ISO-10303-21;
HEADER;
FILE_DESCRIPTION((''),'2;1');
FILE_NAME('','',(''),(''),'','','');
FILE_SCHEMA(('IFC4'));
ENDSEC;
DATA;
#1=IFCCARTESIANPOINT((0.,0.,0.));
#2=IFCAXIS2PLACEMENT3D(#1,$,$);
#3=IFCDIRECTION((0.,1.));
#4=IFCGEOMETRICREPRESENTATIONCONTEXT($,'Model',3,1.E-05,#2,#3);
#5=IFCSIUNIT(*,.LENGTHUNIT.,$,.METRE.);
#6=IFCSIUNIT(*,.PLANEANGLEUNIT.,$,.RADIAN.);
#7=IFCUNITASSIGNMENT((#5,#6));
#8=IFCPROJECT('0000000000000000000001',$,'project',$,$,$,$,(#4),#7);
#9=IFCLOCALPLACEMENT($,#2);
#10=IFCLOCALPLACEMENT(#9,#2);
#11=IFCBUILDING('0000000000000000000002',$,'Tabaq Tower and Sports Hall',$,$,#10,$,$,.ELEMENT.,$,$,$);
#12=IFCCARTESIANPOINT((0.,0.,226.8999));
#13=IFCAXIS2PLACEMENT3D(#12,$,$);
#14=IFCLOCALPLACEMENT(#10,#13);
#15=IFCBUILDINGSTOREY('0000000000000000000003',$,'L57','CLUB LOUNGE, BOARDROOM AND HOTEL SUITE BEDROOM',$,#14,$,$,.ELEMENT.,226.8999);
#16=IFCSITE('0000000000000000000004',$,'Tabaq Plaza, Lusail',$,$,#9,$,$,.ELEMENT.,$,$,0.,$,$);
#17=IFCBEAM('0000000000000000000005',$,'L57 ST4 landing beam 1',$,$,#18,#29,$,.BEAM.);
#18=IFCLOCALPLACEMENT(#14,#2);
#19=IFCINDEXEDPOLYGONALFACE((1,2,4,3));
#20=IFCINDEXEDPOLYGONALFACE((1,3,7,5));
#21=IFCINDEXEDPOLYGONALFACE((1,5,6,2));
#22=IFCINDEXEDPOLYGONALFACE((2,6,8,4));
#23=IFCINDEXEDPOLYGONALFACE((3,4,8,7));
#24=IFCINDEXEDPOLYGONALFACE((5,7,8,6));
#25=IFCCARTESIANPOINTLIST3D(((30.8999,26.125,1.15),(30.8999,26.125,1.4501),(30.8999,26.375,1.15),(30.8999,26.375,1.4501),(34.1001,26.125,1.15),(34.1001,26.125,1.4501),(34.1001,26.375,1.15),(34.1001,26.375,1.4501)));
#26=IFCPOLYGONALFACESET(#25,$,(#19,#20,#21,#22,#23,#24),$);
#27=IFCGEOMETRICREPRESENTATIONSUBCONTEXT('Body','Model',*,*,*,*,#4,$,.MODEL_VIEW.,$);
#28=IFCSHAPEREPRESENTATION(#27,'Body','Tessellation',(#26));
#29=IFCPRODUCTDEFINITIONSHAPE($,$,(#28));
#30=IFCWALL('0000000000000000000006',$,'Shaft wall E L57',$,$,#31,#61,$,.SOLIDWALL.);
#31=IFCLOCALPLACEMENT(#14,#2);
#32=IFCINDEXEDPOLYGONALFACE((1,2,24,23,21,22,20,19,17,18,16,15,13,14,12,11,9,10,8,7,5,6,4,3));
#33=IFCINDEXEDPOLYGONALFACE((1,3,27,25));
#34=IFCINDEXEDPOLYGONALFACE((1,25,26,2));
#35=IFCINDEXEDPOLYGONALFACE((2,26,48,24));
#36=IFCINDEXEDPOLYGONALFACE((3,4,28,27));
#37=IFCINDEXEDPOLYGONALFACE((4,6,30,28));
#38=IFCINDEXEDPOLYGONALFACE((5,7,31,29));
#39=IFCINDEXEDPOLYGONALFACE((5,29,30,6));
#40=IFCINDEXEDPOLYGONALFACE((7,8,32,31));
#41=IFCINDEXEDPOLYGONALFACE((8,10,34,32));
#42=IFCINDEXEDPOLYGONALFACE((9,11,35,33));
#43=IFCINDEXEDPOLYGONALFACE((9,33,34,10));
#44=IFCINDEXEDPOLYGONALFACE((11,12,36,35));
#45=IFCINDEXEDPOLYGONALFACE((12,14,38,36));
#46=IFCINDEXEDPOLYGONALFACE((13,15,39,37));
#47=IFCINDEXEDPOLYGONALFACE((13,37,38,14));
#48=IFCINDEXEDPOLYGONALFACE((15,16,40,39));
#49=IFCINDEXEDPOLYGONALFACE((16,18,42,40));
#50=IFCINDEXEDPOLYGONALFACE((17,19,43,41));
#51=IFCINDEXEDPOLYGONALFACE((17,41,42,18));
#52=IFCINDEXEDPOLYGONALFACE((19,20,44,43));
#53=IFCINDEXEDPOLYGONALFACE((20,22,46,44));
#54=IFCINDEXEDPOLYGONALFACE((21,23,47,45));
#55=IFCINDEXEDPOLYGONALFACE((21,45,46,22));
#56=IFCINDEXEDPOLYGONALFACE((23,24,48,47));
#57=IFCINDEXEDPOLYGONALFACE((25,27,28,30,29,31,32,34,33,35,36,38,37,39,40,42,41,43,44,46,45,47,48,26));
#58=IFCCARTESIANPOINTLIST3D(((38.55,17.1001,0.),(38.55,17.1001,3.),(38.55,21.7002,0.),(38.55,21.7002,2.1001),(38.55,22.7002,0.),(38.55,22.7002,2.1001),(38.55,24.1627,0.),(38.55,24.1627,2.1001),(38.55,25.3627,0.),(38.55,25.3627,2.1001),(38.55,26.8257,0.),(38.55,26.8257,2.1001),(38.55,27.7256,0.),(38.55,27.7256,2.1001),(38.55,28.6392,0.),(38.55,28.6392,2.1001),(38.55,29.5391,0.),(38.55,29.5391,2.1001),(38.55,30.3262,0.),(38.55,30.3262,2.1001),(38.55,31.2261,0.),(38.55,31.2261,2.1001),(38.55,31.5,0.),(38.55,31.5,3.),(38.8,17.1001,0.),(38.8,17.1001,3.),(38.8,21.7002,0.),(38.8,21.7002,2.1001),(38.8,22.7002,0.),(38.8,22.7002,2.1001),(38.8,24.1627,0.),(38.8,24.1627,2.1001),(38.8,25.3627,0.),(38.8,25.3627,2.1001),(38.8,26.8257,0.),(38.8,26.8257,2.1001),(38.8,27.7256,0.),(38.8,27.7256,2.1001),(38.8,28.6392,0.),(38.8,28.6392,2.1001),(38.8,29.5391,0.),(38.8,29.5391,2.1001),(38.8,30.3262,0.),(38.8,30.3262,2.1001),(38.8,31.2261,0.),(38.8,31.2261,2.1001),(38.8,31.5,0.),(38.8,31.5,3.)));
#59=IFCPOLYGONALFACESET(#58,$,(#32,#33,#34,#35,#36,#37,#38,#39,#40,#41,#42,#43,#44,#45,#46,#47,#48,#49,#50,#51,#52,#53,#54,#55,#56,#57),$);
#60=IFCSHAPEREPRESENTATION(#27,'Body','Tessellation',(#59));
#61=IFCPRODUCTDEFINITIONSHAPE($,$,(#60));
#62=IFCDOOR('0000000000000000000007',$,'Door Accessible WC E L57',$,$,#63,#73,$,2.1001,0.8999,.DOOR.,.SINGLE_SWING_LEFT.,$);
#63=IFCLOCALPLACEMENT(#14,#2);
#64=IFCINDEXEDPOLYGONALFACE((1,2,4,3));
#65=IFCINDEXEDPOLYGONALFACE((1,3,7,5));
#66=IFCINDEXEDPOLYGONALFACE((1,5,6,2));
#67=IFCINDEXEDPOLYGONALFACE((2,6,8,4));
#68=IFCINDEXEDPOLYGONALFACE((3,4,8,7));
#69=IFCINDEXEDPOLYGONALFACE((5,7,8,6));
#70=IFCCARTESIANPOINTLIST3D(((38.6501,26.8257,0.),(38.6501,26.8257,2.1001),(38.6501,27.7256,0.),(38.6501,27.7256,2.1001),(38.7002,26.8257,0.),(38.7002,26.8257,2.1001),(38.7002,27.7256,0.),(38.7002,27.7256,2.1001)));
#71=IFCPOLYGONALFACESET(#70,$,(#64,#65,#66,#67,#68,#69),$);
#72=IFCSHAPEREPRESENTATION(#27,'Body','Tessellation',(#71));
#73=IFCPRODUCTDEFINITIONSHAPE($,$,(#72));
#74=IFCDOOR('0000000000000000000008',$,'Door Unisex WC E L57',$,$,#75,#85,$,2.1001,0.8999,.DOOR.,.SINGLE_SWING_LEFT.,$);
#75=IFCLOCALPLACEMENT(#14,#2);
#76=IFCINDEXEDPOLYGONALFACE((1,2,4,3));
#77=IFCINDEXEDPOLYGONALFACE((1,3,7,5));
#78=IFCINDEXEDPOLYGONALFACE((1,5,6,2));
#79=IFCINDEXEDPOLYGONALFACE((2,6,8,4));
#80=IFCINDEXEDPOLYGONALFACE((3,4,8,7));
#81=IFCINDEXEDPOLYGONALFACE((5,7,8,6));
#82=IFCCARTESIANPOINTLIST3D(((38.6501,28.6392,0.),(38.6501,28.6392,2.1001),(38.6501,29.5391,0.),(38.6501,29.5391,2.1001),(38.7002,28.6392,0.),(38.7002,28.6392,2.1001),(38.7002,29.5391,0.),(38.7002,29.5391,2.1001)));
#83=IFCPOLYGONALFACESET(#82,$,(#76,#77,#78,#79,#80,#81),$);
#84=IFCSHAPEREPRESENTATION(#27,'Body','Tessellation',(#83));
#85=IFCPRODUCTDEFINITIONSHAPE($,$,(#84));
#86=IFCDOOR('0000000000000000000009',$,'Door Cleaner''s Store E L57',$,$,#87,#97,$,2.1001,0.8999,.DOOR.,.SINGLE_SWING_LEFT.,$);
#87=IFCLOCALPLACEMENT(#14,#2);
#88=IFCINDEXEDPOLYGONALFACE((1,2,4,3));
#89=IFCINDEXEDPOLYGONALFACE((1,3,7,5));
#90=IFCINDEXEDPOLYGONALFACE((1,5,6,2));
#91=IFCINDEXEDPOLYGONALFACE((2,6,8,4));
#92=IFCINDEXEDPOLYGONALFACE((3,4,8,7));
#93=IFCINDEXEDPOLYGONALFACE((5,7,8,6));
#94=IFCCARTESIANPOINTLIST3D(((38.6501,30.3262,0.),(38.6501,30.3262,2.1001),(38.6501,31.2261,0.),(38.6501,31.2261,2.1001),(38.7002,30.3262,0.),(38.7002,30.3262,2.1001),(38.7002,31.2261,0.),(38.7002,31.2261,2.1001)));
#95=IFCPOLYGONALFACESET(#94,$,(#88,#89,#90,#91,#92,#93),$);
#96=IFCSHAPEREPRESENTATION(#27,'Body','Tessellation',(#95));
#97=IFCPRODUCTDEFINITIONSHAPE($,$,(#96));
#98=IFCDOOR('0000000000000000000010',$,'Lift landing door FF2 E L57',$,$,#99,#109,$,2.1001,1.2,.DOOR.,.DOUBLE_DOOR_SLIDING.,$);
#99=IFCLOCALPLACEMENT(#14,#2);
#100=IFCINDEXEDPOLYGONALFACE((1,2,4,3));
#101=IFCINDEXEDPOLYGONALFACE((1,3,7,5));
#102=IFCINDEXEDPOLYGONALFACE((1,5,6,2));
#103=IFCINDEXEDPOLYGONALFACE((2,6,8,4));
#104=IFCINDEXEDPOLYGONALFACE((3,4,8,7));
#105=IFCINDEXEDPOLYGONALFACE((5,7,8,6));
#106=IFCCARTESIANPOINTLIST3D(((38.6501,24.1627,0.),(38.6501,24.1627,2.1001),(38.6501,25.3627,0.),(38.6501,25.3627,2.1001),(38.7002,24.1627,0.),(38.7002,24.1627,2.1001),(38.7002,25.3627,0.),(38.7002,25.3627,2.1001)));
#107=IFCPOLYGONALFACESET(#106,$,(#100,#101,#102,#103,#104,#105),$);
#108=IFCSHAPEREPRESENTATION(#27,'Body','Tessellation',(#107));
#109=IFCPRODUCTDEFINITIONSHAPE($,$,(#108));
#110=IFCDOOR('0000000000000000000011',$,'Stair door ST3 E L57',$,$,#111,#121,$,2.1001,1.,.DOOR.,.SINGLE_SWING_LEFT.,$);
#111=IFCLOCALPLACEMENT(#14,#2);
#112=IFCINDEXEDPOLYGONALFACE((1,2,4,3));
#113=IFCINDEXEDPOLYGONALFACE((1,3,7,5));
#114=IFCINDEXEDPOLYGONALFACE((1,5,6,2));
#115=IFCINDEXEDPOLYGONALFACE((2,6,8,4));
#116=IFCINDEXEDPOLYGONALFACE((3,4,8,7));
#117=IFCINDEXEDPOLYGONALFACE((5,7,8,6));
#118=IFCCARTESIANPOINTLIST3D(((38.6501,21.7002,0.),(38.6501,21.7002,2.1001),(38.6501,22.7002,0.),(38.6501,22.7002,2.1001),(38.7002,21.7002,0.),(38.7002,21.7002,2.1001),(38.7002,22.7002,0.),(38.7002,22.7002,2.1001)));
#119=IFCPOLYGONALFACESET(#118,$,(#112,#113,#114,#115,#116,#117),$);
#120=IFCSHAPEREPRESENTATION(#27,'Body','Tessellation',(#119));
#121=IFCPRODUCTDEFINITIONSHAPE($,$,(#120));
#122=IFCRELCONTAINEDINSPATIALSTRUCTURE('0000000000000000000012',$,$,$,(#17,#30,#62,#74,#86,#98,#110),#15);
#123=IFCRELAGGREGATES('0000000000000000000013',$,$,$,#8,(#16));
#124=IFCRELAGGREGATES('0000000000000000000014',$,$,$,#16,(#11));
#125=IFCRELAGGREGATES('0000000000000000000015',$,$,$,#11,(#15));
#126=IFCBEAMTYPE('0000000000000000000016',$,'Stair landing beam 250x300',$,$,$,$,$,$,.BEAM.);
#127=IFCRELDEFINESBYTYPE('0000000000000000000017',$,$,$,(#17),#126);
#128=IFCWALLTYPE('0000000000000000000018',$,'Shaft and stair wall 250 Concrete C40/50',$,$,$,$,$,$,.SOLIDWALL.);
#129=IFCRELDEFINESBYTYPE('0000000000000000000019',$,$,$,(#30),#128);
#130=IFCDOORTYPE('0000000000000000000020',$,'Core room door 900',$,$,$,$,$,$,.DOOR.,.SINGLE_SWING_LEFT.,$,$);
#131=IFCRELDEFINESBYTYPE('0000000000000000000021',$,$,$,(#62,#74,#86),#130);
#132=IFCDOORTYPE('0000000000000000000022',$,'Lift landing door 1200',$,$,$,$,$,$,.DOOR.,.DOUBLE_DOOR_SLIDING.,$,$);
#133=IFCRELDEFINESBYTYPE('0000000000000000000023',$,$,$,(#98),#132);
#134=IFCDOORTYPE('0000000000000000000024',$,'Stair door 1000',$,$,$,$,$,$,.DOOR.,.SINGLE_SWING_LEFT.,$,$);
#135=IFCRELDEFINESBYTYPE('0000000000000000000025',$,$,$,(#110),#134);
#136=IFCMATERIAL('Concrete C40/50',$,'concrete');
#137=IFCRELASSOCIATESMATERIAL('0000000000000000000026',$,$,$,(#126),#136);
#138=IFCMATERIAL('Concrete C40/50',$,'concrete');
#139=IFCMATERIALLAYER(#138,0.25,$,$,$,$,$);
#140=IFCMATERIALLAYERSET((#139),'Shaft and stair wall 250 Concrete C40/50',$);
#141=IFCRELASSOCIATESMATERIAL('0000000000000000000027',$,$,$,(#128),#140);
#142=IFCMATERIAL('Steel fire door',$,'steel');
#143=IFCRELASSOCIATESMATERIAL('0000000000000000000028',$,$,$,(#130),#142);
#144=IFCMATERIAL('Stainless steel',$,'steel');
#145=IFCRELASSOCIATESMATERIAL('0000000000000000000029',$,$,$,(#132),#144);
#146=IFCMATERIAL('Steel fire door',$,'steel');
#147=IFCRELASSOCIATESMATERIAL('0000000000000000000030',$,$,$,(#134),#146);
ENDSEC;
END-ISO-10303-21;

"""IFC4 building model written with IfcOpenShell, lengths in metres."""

from ifc_helpers import new_model, si_unit, direction, frame, frame_2d, origin, origin_2d, place, context, subcontext, project, spatial, rectangle, extrude, material, layer, layer_set, material_profile, profile_set, type_object, element, fill, save


model = new_model("IFC4")

# Units and contexts
model_context = context("Model", 3, precision=1e-05, world=origin(), true_north=direction((0.0, 1.0)))
body_context = subcontext(model_context, "Body", "Model", "MODEL_VIEW")
ifc_project = project(units=[si_unit("LENGTHUNIT", "METRE"), si_unit("PLANEANGLEUNIT", "RADIAN")], contexts=[model_context])

# Site, building, storey
site_placement = place(None, origin())
site = spatial("IfcSite", under=ifc_project, at=site_placement, Name="Tabaq Plaza, Lusail", CompositionType="ELEMENT", RefElevation=0.0)
building_placement = place(site_placement, origin())
building = spatial("IfcBuilding", under=site, at=building_placement, Name="Tabaq Tower and Sports Hall", CompositionType="ELEMENT")
storey_placement = place(building_placement, frame((0.0, 0.0, 226.8999)))
storey = spatial("IfcBuildingStorey", under=building, at=storey_placement, Name="L57", Description="CLUB LOUNGE, BOARDROOM AND HOTEL SUITE BEDROOM", CompositionType="ELEMENT", Elevation=226.8999)

# Beam
ifc_material_1 = material(Name="Concrete C40/50", Category="concrete")
ifc_material_profile = material_profile(ifc_material_1, rectangle(XDim=0.25, YDim=0.3, at=origin_2d()), Name="RC 250x300")
ifc_profile_set = profile_set([ifc_material_profile], Name="Concrete C40/50")
beam_type = type_object("IfcBeamType", Name="Stair landing beam 250x300", PredefinedType="BEAM", material=ifc_profile_set)
beam_placement = place(storey_placement, frame((30.8999, 26.25, 1.3), z_axis=(1.0, 0.0, 0.0), x_axis=(0.0, 1.0, 0.0)))
element("IfcBeam", 1, at=beam_placement, inside=storey, type_object=beam_type, Name="L57 ST4 landing beam 1", PredefinedType="BEAM", context=body_context, shape_type="SweptSolid", body=[
    extrude(rectangle(XDim=0.25, YDim=0.3, at=origin_2d()), origin(), (0.0, 0.0, 1.0), 3.2002),
])

# Wall, openings, doors
ifc_material_2 = material(Name="Concrete C40/50", Category="concrete")
ifc_layer_1 = layer(ifc_material_2, 0.25)
ifc_layer_set_1 = layer_set([ifc_layer_1], Name="Shaft and stair wall 250 Concrete C40/50")
wall_type_1 = type_object("IfcWallType", Name="Shaft and stair wall 250 Concrete C40/50", PredefinedType="SOLIDWALL", material=ifc_layer_set_1)
wall_1_placement = place(storey_placement, frame((38.675, 17.1001, 0.0), z_axis=(0.0, 0.0, 1.0), x_axis=(0.0, 1.0, 0.0)))
wall_1 = element("IfcWall", 2, at=wall_1_placement, inside=storey, type_object=wall_type_1, Name="Shaft wall E L57", PredefinedType="SOLIDWALL", context=body_context, shape_type="SweptSolid", body=[
    extrude(rectangle(XDim=14.3999, YDim=0.25, at=frame_2d((7.2, 0.0))), origin(), (0.0, 0.0, 1.0), 3.0),
])
opening_1_placement = place(wall_1_placement, frame((4.6001, 0.0, 0.0)))
opening_1 = element("IfcOpeningElement", 3, at=opening_1_placement, cuts=wall_1, PredefinedType="OPENING", context=body_context, shape_type="SweptSolid", body=[
    extrude(rectangle(XDim=1.0, YDim=2.1001, at=frame_2d((0.5, 1.05))), frame((0.0, 0.125, 0.0), z_axis=(0.0, -1.0, 0.0), x_axis=(1.0, 0.0, 0.0)), (0.0, 0.0, 1.0), 0.25),
])
opening_2_placement = place(wall_1_placement, frame((7.0625, 0.0, 0.0)))
opening_2 = element("IfcOpeningElement", 4, at=opening_2_placement, cuts=wall_1, PredefinedType="OPENING", context=body_context, shape_type="SweptSolid", body=[
    extrude(rectangle(XDim=1.2, YDim=2.1001, at=frame_2d((0.6001, 1.05))), frame((0.0, 0.125, 0.0), z_axis=(0.0, -1.0, 0.0), x_axis=(1.0, 0.0, 0.0)), (0.0, 0.0, 1.0), 0.25),
])
opening_3_placement = place(wall_1_placement, frame((9.7256, 0.0, 0.0)))
opening_3 = element("IfcOpeningElement", 5, at=opening_3_placement, cuts=wall_1, PredefinedType="OPENING", context=body_context, shape_type="SweptSolid", body=[
    extrude(rectangle(XDim=0.8999, YDim=2.1001, at=frame_2d((0.45, 1.05))), frame((0.0, 0.125, 0.0), z_axis=(0.0, -1.0, 0.0), x_axis=(1.0, 0.0, 0.0)), (0.0, 0.0, 1.0), 0.25),
])
opening_4_placement = place(wall_1_placement, frame((11.5391, 0.0, 0.0)))
opening_4 = element("IfcOpeningElement", 6, at=opening_4_placement, cuts=wall_1, PredefinedType="OPENING", context=body_context, shape_type="SweptSolid", body=[
    extrude(rectangle(XDim=0.8999, YDim=2.1001, at=frame_2d((0.45, 1.05))), frame((0.0, 0.125, 0.0), z_axis=(0.0, -1.0, 0.0), x_axis=(1.0, 0.0, 0.0)), (0.0, 0.0, 1.0), 0.25),
])
opening_5_placement = place(wall_1_placement, frame((13.2261, 0.0, 0.0)))
opening_5 = element("IfcOpeningElement", 7, at=opening_5_placement, cuts=wall_1, PredefinedType="OPENING", context=body_context, shape_type="SweptSolid", body=[
    extrude(rectangle(XDim=0.8999, YDim=2.1001, at=frame_2d((0.45, 1.05))), frame((0.0, 0.125, 0.0), z_axis=(0.0, -1.0, 0.0), x_axis=(1.0, 0.0, 0.0)), (0.0, 0.0, 1.0), 0.25),
])
ifc_material_3 = material(Name="Steel fire door", Category="steel")
door_type_1 = type_object("IfcDoorType", Name="Core room door 900", OperationType="SINGLE_SWING_LEFT", PredefinedType="DOOR", material=ifc_material_3)
door_1_placement = place(opening_3_placement, origin())
door_1 = element("IfcDoor", 8, at=door_1_placement, inside=storey, type_object=door_type_1, Name="Door Accessible WC E L57", OperationType="SINGLE_SWING_LEFT", OverallHeight=2.1001, OverallWidth=0.8999, PredefinedType="DOOR", context=body_context, shape_type="SweptSolid", body=[
    extrude(rectangle(XDim=0.8999, YDim=2.1001, at=frame_2d((0.45, 1.05))), frame((0.0, 0.0249, 0.0), z_axis=(0.0, -1.0, 0.0), x_axis=(1.0, 0.0, 0.0)), (0.0, 0.0, 1.0), 0.05),
])
fill(opening_3, door_1)
door_2_placement = place(opening_4_placement, origin())
door_2 = element("IfcDoor", 9, at=door_2_placement, inside=storey, type_object=door_type_1, Name="Door Unisex WC E L57", OperationType="SINGLE_SWING_LEFT", OverallHeight=2.1001, OverallWidth=0.8999, PredefinedType="DOOR", context=body_context, shape_type="SweptSolid", body=[
    extrude(rectangle(XDim=0.8999, YDim=2.1001, at=frame_2d((0.45, 1.05))), frame((0.0, 0.0249, 0.0), z_axis=(0.0, -1.0, 0.0), x_axis=(1.0, 0.0, 0.0)), (0.0, 0.0, 1.0), 0.05),
])
fill(opening_4, door_2)
door_3_placement = place(opening_5_placement, origin())
door_3 = element("IfcDoor", 10, at=door_3_placement, inside=storey, type_object=door_type_1, Name="Door Cleaner's Store E L57", OperationType="SINGLE_SWING_LEFT", OverallHeight=2.1001, OverallWidth=0.8999, PredefinedType="DOOR", context=body_context, shape_type="SweptSolid", body=[
    extrude(rectangle(XDim=0.8999, YDim=2.1001, at=frame_2d((0.45, 1.05))), frame((0.0, 0.0249, 0.0), z_axis=(0.0, -1.0, 0.0), x_axis=(1.0, 0.0, 0.0)), (0.0, 0.0, 1.0), 0.05),
])
fill(opening_5, door_3)
ifc_material_4 = material(Name="Stainless steel", Category="steel")
door_type_2 = type_object("IfcDoorType", Name="Lift landing door 1200", OperationType="DOUBLE_DOOR_SLIDING", PredefinedType="DOOR", material=ifc_material_4)
door_4_placement = place(opening_2_placement, origin())
door_4 = element("IfcDoor", 11, at=door_4_placement, inside=storey, type_object=door_type_2, Name="Lift landing door FF2 E L57", OperationType="DOUBLE_DOOR_SLIDING", OverallHeight=2.1001, OverallWidth=1.2, PredefinedType="DOOR", context=body_context, shape_type="SweptSolid", body=[
    extrude(rectangle(XDim=1.2, YDim=2.1001, at=frame_2d((0.6001, 1.05))), frame((0.0, 0.0249, 0.0), z_axis=(0.0, -1.0, 0.0), x_axis=(1.0, 0.0, 0.0)), (0.0, 0.0, 1.0), 0.05),
])
fill(opening_2, door_4)
ifc_material_5 = material(Name="Steel fire door", Category="steel")
door_type_3 = type_object("IfcDoorType", Name="Stair door 1000", OperationType="SINGLE_SWING_LEFT", PredefinedType="DOOR", material=ifc_material_5)
door_5_placement = place(opening_1_placement, origin())
door_5 = element("IfcDoor", 12, at=door_5_placement, inside=storey, type_object=door_type_3, Name="Stair door ST3 E L57", OperationType="SINGLE_SWING_LEFT", OverallHeight=2.1001, OverallWidth=1.0, PredefinedType="DOOR", context=body_context, shape_type="SweptSolid", body=[
    extrude(rectangle(XDim=1.0, YDim=2.1001, at=frame_2d((0.5, 1.05))), frame((0.0, 0.0249, 0.0), z_axis=(0.0, -1.0, 0.0), x_axis=(1.0, 0.0, 0.0)), (0.0, 0.0, 1.0), 0.05),
])
fill(opening_1, door_5)

save(model, "model.ifc")
